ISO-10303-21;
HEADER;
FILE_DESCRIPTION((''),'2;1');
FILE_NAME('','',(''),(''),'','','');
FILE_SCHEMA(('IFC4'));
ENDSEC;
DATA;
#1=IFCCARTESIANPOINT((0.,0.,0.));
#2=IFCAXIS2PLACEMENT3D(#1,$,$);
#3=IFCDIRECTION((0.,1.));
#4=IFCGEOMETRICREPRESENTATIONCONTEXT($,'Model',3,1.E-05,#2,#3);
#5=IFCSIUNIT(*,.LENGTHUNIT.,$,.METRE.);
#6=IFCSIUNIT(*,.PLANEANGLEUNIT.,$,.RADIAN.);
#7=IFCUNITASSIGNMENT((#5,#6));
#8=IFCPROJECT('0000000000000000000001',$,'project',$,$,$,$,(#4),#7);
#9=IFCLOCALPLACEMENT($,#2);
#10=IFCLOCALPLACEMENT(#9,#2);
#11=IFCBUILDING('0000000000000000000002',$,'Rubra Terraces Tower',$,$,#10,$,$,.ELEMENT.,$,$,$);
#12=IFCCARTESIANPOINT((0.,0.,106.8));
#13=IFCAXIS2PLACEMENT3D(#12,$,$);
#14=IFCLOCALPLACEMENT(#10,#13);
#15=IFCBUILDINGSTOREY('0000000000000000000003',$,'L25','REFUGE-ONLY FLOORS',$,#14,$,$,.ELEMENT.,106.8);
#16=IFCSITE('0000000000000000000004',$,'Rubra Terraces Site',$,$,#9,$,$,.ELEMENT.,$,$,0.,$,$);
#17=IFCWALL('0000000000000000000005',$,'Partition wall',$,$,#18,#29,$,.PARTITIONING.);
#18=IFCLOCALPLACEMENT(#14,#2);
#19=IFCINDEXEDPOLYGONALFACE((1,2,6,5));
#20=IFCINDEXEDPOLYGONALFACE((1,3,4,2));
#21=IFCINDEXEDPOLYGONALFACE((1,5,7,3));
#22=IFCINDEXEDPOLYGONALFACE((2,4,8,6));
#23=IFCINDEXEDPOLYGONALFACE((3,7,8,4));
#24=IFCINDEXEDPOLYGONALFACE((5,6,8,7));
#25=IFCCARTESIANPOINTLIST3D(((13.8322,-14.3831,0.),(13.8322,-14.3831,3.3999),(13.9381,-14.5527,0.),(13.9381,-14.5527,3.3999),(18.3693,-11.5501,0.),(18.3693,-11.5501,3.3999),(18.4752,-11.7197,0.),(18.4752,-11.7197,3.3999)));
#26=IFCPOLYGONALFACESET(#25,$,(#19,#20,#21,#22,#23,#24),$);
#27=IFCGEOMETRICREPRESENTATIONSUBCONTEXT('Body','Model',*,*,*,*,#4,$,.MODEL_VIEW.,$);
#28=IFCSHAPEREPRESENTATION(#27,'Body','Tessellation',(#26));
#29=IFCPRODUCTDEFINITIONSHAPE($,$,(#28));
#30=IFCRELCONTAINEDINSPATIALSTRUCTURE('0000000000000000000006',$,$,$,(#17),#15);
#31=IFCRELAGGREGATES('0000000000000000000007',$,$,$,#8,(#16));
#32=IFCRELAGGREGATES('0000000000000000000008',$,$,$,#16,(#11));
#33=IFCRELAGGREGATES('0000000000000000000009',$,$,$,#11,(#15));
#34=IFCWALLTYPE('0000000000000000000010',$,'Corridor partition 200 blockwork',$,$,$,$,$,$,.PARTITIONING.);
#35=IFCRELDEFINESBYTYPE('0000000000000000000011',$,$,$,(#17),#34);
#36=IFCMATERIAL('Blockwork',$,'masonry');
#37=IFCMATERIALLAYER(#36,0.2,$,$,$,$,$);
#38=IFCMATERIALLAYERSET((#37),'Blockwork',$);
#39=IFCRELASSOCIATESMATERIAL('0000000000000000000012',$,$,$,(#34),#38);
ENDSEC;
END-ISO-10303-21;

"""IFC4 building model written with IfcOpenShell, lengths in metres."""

from ifc_helpers import new_model, si_unit, direction, frame, frame_2d, origin, place, context, subcontext, project, spatial, rectangle, extrude, material, layer, layer_set, type_object, element, save


model = new_model("IFC4")

# Units and contexts
model_context = context("Model", 3, precision=1e-05, world=origin(), true_north=direction((0.0, 1.0)))
body_context = subcontext(model_context, "Body", "Model", "MODEL_VIEW")
ifc_project = project(units=[si_unit("LENGTHUNIT", "METRE"), si_unit("PLANEANGLEUNIT", "RADIAN")], contexts=[model_context])

# Site, building, storey
site_placement = place(None, origin())
site = spatial("IfcSite", under=ifc_project, at=site_placement, Name="Rubra Terraces Site", CompositionType="ELEMENT", RefElevation=0.0)
building_placement = place(site_placement, origin())
building = spatial("IfcBuilding", under=site, at=building_placement, Name="Rubra Terraces Tower", CompositionType="ELEMENT")
storey_placement = place(building_placement, frame((0.0, 0.0, 106.8)))
storey = spatial("IfcBuildingStorey", under=building, at=storey_placement, Name="L25", Description="REFUGE-ONLY FLOORS", CompositionType="ELEMENT", Elevation=106.8)

# Wall
ifc_material_1 = material(Name="Blockwork", Category="masonry")
ifc_layer_1 = layer(ifc_material_1, 0.2)
ifc_layer_set_1 = layer_set([ifc_layer_1], Name="Blockwork")
wall_type_1 = type_object("IfcWallType", Name="Corridor partition 200 blockwork", PredefinedType="PARTITIONING", material=ifc_layer_set_1)
wall_1_placement = place(storey_placement, frame((18.4221, -11.635, 0.0), z_axis=(0.0, 0.0, 1.0), x_axis=(-0.848224, -0.529638, 0.0)))
element("IfcWall", 1, at=wall_1_placement, inside=storey, type_object=wall_type_1, Name="Partition wall", PredefinedType="PARTITIONING", context=body_context, shape_type="SweptSolid", body=[
    extrude(rectangle(XDim=5.3489, YDim=0.2, at=frame_2d((2.6743, 0.0))), origin(), (0.0, 0.0, 1.0), 3.3999),
])

save(model, "model.ifc")
